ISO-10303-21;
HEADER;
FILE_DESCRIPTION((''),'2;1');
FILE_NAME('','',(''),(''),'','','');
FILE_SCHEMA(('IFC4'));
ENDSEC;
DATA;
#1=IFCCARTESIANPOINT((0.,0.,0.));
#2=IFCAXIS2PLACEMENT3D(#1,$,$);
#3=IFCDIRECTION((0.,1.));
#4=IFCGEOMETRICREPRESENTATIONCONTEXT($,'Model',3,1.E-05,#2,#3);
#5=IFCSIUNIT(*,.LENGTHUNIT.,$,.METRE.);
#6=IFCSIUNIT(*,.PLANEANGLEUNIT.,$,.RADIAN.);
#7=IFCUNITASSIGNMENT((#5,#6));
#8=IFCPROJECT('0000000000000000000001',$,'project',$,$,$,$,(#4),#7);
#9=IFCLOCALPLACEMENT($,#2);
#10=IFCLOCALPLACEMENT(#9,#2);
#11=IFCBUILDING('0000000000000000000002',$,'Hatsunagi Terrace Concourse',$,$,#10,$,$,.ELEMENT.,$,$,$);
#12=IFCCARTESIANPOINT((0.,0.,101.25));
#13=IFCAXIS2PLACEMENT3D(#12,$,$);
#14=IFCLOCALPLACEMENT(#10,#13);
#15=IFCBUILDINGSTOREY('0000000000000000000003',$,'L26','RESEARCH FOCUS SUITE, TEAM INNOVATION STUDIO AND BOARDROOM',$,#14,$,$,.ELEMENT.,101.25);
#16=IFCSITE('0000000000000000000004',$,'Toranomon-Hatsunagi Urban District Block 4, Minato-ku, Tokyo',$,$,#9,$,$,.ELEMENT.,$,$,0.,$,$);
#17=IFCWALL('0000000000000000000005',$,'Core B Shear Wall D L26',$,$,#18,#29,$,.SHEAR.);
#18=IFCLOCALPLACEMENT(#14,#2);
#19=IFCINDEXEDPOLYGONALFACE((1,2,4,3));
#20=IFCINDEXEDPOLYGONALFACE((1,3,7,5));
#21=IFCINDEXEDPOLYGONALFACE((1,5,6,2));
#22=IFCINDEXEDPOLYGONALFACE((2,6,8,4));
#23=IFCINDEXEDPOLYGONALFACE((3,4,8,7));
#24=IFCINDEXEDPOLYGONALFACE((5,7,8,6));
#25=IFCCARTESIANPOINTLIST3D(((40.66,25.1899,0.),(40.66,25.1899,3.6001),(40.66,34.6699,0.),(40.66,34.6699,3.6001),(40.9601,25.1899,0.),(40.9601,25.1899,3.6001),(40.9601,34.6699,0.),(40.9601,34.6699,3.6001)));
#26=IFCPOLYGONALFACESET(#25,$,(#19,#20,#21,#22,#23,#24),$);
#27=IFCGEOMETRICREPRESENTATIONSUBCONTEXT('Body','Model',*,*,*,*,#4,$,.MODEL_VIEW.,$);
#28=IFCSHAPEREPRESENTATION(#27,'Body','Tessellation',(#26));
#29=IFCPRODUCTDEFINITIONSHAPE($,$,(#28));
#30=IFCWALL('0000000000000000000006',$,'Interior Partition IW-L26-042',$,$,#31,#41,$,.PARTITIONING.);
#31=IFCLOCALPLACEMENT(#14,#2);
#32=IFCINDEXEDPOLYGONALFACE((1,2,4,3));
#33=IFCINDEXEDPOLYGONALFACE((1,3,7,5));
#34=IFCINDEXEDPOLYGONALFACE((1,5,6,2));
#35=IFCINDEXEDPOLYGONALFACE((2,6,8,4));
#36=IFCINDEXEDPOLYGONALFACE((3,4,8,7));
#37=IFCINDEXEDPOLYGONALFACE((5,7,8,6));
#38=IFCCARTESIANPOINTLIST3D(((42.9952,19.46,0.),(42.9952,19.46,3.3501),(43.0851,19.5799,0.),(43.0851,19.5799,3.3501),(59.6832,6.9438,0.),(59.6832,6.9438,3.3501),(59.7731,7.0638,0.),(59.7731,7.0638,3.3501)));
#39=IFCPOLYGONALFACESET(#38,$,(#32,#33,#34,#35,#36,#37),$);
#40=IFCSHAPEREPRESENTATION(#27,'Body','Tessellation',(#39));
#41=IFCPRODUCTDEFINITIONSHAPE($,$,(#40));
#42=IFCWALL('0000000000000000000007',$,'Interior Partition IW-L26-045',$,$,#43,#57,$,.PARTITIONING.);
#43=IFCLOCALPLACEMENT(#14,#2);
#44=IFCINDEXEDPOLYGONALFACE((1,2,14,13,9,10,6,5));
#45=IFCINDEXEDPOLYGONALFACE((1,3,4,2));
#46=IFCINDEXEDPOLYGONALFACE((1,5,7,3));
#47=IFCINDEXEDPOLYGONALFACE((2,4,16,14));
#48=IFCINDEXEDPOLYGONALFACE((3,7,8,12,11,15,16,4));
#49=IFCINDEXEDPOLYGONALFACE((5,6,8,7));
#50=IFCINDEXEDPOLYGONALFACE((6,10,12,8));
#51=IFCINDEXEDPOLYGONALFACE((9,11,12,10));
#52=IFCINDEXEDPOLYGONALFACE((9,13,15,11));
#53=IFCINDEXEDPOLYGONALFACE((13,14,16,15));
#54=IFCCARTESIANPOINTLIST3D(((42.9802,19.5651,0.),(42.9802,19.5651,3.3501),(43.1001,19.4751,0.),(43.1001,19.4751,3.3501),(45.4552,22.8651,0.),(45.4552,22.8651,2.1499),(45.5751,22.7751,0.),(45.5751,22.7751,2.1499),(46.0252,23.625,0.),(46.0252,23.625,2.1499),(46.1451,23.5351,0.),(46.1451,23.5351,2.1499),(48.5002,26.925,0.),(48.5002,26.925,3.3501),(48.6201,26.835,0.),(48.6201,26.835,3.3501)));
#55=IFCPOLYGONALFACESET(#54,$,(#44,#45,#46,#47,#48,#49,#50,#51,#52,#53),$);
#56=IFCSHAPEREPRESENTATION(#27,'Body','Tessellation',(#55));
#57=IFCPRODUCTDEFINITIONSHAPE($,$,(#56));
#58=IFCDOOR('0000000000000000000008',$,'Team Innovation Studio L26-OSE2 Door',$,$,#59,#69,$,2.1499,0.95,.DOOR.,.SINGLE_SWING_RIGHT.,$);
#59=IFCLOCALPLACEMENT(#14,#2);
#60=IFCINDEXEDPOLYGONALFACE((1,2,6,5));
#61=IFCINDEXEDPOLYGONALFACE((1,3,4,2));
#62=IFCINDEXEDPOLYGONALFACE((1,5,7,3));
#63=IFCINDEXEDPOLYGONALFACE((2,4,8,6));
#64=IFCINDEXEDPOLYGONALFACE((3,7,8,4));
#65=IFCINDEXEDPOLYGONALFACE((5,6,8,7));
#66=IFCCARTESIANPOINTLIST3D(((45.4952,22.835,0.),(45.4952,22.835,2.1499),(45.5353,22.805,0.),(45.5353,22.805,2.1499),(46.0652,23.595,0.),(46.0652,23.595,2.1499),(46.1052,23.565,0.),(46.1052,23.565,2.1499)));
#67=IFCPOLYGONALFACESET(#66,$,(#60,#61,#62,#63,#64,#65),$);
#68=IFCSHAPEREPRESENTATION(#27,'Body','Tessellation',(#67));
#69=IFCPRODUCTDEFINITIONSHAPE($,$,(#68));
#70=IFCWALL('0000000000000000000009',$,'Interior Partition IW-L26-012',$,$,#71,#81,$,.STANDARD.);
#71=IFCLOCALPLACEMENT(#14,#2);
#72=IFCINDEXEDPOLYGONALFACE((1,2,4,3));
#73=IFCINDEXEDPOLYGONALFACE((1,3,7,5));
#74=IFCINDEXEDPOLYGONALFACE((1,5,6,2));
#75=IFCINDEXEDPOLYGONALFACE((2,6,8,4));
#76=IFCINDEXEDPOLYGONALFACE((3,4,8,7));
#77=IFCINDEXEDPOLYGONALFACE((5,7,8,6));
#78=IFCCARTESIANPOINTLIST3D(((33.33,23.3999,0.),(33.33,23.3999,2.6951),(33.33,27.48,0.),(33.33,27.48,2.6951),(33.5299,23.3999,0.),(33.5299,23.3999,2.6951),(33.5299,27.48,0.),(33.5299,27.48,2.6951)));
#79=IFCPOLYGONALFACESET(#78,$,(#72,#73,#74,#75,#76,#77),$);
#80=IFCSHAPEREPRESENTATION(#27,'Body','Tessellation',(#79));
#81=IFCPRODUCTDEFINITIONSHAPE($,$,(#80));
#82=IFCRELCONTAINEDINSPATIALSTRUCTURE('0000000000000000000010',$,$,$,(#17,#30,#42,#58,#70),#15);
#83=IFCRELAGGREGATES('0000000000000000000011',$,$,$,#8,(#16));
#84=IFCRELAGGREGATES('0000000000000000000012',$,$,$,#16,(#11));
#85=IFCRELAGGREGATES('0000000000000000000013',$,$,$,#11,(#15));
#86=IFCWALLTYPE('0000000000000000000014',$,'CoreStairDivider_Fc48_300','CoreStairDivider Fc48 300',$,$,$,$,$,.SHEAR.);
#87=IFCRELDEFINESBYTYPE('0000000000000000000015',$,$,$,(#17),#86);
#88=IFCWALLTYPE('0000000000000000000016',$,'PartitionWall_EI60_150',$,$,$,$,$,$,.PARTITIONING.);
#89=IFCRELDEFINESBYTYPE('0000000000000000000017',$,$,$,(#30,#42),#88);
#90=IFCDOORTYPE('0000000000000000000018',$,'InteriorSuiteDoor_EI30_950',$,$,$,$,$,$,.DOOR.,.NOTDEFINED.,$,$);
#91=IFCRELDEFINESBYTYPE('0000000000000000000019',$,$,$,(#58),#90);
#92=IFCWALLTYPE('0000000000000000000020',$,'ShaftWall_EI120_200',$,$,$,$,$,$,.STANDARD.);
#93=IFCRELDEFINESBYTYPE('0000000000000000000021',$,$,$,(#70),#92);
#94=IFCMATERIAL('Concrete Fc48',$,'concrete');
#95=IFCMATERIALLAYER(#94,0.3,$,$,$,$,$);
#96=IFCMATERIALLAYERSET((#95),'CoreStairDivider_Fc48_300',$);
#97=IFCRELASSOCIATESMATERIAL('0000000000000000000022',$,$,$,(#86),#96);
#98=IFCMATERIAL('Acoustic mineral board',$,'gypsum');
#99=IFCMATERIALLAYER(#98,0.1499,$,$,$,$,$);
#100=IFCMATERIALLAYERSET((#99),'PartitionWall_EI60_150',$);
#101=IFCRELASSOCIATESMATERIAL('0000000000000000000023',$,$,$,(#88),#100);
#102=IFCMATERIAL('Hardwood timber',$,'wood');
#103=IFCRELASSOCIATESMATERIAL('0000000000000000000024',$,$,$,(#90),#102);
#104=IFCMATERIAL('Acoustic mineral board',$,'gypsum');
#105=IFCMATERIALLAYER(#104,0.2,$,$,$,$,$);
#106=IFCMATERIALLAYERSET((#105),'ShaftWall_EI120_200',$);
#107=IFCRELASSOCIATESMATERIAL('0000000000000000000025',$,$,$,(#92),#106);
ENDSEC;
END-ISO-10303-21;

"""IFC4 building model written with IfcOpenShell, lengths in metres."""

from ifc_helpers import new_model, si_unit, direction, frame, frame_2d, origin, place, context, subcontext, project, spatial, rectangle, extrude, material, layer, layer_set, type_object, element, fill, save


model = new_model("IFC4")

# Units and contexts
model_context = context("Model", 3, precision=1e-05, world=origin(), true_north=direction((0.0, 1.0)))
body_context = subcontext(model_context, "Body", "Model", "MODEL_VIEW")
ifc_project = project(units=[si_unit("LENGTHUNIT", "METRE"), si_unit("PLANEANGLEUNIT", "RADIAN")], contexts=[model_context])

# Site, building, storey
site_placement = place(None, origin())
site = spatial("IfcSite", under=ifc_project, at=site_placement, Name="Toranomon-Hatsunagi Urban District Block 4, Minato-ku, Tokyo", CompositionType="ELEMENT", RefElevation=0.0)
building_placement = place(site_placement, origin())
building = spatial("IfcBuilding", under=site, at=building_placement, Name="Hatsunagi Terrace Concourse", CompositionType="ELEMENT")
storey_placement = place(building_placement, frame((0.0, 0.0, 101.25)))
storey = spatial("IfcBuildingStorey", under=building, at=storey_placement, Name="L26", Description="RESEARCH FOCUS SUITE, TEAM INNOVATION STUDIO AND BOARDROOM", CompositionType="ELEMENT", Elevation=101.25)

# Walls
ifc_material_1 = material(Name="Concrete Fc48", Category="concrete")
ifc_layer_1 = layer(ifc_material_1, 0.3)
ifc_layer_set_1 = layer_set([ifc_layer_1], Name="CoreStairDivider_Fc48_300")
wall_type_1 = type_object("IfcWallType", Name="CoreStairDivider_Fc48_300", Description="CoreStairDivider Fc48 300", PredefinedType="SHEAR", material=ifc_layer_set_1)
wall_1_placement = place(storey_placement, frame((40.8101, 25.1899, 0.0), z_axis=(0.0, 0.0, 1.0), x_axis=(0.0, 1.0, 0.0)))
element("IfcWall", 1, at=wall_1_placement, inside=storey, type_object=wall_type_1, Name="Core B Shear Wall D L26", PredefinedType="SHEAR", context=body_context, shape_type="SweptSolid", body=[
    extrude(rectangle(XDim=9.48, YDim=0.3, at=frame_2d((4.74, 0.0))), origin(), (0.0, 0.0, 1.0), 3.6001),
])
ifc_material_2 = material(Name="Acoustic mineral board", Category="gypsum")
ifc_layer_2 = layer(ifc_material_2, 0.1499)
ifc_layer_set_2 = layer_set([ifc_layer_2], Name="PartitionWall_EI60_150")
wall_type_2 = type_object("IfcWallType", Name="PartitionWall_EI60_150", PredefinedType="PARTITIONING", material=ifc_layer_set_2)
wall_2_placement = place(storey_placement, frame((43.04, 19.52, 0.0), z_axis=(0.0, 0.0, 1.0), x_axis=(0.799997, -0.600004, 0.0)))
element("IfcWall", 2, at=wall_2_placement, inside=storey, type_object=wall_type_2, Name="Interior Partition IW-L26-042", PredefinedType="PARTITIONING", context=body_context, shape_type="SweptSolid", body=[
    extrude(rectangle(XDim=20.8601, YDim=0.1499, at=frame_2d((10.4302, 0.0))), origin(), (0.0, 0.0, 1.0), 3.3501),
])

# Wall, opening, door
wall_3_placement = place(storey_placement, frame((43.04, 19.52, 0.0), z_axis=(0.0, 0.0, 1.0), x_axis=(0.600008, 0.799994, 0.0)))
wall_3 = element("IfcWall", 3, at=wall_3_placement, inside=storey, type_object=wall_type_2, Name="Interior Partition IW-L26-045", PredefinedType="PARTITIONING", context=body_context, shape_type="SweptSolid", body=[
    extrude(rectangle(XDim=9.2, YDim=0.1499, at=frame_2d((4.6001, 0.0))), origin(), (0.0, 0.0, 1.0), 3.3501),
])
opening_1_placement = place(wall_3_placement, frame((4.125, 0.0, 0.0)))
opening_1 = element("IfcOpeningElement", 4, at=opening_1_placement, cuts=wall_3, PredefinedType="OPENING", context=body_context, shape_type="SweptSolid", body=[
    extrude(rectangle(XDim=0.95, YDim=2.1499, at=frame_2d((0.4751, 1.075))), frame((0.0, 0.085, 0.0), z_axis=(0.0, -1.0, 0.0), x_axis=(1.0, 0.0, 0.0)), (0.0, 0.0, 1.0), 0.1699),
])
ifc_material_3 = material(Name="Hardwood timber", Category="wood")
door_type_1 = type_object("IfcDoorType", Name="InteriorSuiteDoor_EI30_950", OperationType="NOTDEFINED", PredefinedType="DOOR", material=ifc_material_3)
door_1_placement = place(opening_1_placement, origin())
door_1 = element("IfcDoor", 5, at=door_1_placement, inside=storey, type_object=door_type_1, Name="Team Innovation Studio L26-OSE2 Door", OperationType="SINGLE_SWING_RIGHT", OverallHeight=2.1499, OverallWidth=0.95, PredefinedType="DOOR", context=body_context, shape_type="SweptSolid", body=[
    extrude(rectangle(XDim=0.95, YDim=2.1499, at=frame_2d((0.4751, 1.075))), frame((0.0, 0.0249, 0.0), z_axis=(0.0, -1.0, 0.0), x_axis=(1.0, 0.0, 0.0)), (0.0, 0.0, 1.0), 0.05),
])
fill(opening_1, door_1)

# Wall
ifc_material_4 = material(Name="Acoustic mineral board", Category="gypsum")
ifc_layer_3 = layer(ifc_material_4, 0.2)
ifc_layer_set_3 = layer_set([ifc_layer_3], Name="ShaftWall_EI120_200")
wall_type_3 = type_object("IfcWallType", Name="ShaftWall_EI120_200", PredefinedType="STANDARD", material=ifc_layer_set_3)
wall_4_placement = place(storey_placement, frame((33.4299, 23.3999, 0.0), z_axis=(0.0, 0.0, 1.0), x_axis=(0.0, 1.0, 0.0)))
element("IfcWall", 6, at=wall_4_placement, inside=storey, type_object=wall_type_3, Name="Interior Partition IW-L26-012", PredefinedType="STANDARD", context=body_context, shape_type="SweptSolid", body=[
    extrude(rectangle(XDim=4.0801, YDim=0.2, at=frame_2d((2.04, 0.0))), origin(), (0.0, 0.0, 1.0), 2.6951),
])

save(model, "model.ifc")
